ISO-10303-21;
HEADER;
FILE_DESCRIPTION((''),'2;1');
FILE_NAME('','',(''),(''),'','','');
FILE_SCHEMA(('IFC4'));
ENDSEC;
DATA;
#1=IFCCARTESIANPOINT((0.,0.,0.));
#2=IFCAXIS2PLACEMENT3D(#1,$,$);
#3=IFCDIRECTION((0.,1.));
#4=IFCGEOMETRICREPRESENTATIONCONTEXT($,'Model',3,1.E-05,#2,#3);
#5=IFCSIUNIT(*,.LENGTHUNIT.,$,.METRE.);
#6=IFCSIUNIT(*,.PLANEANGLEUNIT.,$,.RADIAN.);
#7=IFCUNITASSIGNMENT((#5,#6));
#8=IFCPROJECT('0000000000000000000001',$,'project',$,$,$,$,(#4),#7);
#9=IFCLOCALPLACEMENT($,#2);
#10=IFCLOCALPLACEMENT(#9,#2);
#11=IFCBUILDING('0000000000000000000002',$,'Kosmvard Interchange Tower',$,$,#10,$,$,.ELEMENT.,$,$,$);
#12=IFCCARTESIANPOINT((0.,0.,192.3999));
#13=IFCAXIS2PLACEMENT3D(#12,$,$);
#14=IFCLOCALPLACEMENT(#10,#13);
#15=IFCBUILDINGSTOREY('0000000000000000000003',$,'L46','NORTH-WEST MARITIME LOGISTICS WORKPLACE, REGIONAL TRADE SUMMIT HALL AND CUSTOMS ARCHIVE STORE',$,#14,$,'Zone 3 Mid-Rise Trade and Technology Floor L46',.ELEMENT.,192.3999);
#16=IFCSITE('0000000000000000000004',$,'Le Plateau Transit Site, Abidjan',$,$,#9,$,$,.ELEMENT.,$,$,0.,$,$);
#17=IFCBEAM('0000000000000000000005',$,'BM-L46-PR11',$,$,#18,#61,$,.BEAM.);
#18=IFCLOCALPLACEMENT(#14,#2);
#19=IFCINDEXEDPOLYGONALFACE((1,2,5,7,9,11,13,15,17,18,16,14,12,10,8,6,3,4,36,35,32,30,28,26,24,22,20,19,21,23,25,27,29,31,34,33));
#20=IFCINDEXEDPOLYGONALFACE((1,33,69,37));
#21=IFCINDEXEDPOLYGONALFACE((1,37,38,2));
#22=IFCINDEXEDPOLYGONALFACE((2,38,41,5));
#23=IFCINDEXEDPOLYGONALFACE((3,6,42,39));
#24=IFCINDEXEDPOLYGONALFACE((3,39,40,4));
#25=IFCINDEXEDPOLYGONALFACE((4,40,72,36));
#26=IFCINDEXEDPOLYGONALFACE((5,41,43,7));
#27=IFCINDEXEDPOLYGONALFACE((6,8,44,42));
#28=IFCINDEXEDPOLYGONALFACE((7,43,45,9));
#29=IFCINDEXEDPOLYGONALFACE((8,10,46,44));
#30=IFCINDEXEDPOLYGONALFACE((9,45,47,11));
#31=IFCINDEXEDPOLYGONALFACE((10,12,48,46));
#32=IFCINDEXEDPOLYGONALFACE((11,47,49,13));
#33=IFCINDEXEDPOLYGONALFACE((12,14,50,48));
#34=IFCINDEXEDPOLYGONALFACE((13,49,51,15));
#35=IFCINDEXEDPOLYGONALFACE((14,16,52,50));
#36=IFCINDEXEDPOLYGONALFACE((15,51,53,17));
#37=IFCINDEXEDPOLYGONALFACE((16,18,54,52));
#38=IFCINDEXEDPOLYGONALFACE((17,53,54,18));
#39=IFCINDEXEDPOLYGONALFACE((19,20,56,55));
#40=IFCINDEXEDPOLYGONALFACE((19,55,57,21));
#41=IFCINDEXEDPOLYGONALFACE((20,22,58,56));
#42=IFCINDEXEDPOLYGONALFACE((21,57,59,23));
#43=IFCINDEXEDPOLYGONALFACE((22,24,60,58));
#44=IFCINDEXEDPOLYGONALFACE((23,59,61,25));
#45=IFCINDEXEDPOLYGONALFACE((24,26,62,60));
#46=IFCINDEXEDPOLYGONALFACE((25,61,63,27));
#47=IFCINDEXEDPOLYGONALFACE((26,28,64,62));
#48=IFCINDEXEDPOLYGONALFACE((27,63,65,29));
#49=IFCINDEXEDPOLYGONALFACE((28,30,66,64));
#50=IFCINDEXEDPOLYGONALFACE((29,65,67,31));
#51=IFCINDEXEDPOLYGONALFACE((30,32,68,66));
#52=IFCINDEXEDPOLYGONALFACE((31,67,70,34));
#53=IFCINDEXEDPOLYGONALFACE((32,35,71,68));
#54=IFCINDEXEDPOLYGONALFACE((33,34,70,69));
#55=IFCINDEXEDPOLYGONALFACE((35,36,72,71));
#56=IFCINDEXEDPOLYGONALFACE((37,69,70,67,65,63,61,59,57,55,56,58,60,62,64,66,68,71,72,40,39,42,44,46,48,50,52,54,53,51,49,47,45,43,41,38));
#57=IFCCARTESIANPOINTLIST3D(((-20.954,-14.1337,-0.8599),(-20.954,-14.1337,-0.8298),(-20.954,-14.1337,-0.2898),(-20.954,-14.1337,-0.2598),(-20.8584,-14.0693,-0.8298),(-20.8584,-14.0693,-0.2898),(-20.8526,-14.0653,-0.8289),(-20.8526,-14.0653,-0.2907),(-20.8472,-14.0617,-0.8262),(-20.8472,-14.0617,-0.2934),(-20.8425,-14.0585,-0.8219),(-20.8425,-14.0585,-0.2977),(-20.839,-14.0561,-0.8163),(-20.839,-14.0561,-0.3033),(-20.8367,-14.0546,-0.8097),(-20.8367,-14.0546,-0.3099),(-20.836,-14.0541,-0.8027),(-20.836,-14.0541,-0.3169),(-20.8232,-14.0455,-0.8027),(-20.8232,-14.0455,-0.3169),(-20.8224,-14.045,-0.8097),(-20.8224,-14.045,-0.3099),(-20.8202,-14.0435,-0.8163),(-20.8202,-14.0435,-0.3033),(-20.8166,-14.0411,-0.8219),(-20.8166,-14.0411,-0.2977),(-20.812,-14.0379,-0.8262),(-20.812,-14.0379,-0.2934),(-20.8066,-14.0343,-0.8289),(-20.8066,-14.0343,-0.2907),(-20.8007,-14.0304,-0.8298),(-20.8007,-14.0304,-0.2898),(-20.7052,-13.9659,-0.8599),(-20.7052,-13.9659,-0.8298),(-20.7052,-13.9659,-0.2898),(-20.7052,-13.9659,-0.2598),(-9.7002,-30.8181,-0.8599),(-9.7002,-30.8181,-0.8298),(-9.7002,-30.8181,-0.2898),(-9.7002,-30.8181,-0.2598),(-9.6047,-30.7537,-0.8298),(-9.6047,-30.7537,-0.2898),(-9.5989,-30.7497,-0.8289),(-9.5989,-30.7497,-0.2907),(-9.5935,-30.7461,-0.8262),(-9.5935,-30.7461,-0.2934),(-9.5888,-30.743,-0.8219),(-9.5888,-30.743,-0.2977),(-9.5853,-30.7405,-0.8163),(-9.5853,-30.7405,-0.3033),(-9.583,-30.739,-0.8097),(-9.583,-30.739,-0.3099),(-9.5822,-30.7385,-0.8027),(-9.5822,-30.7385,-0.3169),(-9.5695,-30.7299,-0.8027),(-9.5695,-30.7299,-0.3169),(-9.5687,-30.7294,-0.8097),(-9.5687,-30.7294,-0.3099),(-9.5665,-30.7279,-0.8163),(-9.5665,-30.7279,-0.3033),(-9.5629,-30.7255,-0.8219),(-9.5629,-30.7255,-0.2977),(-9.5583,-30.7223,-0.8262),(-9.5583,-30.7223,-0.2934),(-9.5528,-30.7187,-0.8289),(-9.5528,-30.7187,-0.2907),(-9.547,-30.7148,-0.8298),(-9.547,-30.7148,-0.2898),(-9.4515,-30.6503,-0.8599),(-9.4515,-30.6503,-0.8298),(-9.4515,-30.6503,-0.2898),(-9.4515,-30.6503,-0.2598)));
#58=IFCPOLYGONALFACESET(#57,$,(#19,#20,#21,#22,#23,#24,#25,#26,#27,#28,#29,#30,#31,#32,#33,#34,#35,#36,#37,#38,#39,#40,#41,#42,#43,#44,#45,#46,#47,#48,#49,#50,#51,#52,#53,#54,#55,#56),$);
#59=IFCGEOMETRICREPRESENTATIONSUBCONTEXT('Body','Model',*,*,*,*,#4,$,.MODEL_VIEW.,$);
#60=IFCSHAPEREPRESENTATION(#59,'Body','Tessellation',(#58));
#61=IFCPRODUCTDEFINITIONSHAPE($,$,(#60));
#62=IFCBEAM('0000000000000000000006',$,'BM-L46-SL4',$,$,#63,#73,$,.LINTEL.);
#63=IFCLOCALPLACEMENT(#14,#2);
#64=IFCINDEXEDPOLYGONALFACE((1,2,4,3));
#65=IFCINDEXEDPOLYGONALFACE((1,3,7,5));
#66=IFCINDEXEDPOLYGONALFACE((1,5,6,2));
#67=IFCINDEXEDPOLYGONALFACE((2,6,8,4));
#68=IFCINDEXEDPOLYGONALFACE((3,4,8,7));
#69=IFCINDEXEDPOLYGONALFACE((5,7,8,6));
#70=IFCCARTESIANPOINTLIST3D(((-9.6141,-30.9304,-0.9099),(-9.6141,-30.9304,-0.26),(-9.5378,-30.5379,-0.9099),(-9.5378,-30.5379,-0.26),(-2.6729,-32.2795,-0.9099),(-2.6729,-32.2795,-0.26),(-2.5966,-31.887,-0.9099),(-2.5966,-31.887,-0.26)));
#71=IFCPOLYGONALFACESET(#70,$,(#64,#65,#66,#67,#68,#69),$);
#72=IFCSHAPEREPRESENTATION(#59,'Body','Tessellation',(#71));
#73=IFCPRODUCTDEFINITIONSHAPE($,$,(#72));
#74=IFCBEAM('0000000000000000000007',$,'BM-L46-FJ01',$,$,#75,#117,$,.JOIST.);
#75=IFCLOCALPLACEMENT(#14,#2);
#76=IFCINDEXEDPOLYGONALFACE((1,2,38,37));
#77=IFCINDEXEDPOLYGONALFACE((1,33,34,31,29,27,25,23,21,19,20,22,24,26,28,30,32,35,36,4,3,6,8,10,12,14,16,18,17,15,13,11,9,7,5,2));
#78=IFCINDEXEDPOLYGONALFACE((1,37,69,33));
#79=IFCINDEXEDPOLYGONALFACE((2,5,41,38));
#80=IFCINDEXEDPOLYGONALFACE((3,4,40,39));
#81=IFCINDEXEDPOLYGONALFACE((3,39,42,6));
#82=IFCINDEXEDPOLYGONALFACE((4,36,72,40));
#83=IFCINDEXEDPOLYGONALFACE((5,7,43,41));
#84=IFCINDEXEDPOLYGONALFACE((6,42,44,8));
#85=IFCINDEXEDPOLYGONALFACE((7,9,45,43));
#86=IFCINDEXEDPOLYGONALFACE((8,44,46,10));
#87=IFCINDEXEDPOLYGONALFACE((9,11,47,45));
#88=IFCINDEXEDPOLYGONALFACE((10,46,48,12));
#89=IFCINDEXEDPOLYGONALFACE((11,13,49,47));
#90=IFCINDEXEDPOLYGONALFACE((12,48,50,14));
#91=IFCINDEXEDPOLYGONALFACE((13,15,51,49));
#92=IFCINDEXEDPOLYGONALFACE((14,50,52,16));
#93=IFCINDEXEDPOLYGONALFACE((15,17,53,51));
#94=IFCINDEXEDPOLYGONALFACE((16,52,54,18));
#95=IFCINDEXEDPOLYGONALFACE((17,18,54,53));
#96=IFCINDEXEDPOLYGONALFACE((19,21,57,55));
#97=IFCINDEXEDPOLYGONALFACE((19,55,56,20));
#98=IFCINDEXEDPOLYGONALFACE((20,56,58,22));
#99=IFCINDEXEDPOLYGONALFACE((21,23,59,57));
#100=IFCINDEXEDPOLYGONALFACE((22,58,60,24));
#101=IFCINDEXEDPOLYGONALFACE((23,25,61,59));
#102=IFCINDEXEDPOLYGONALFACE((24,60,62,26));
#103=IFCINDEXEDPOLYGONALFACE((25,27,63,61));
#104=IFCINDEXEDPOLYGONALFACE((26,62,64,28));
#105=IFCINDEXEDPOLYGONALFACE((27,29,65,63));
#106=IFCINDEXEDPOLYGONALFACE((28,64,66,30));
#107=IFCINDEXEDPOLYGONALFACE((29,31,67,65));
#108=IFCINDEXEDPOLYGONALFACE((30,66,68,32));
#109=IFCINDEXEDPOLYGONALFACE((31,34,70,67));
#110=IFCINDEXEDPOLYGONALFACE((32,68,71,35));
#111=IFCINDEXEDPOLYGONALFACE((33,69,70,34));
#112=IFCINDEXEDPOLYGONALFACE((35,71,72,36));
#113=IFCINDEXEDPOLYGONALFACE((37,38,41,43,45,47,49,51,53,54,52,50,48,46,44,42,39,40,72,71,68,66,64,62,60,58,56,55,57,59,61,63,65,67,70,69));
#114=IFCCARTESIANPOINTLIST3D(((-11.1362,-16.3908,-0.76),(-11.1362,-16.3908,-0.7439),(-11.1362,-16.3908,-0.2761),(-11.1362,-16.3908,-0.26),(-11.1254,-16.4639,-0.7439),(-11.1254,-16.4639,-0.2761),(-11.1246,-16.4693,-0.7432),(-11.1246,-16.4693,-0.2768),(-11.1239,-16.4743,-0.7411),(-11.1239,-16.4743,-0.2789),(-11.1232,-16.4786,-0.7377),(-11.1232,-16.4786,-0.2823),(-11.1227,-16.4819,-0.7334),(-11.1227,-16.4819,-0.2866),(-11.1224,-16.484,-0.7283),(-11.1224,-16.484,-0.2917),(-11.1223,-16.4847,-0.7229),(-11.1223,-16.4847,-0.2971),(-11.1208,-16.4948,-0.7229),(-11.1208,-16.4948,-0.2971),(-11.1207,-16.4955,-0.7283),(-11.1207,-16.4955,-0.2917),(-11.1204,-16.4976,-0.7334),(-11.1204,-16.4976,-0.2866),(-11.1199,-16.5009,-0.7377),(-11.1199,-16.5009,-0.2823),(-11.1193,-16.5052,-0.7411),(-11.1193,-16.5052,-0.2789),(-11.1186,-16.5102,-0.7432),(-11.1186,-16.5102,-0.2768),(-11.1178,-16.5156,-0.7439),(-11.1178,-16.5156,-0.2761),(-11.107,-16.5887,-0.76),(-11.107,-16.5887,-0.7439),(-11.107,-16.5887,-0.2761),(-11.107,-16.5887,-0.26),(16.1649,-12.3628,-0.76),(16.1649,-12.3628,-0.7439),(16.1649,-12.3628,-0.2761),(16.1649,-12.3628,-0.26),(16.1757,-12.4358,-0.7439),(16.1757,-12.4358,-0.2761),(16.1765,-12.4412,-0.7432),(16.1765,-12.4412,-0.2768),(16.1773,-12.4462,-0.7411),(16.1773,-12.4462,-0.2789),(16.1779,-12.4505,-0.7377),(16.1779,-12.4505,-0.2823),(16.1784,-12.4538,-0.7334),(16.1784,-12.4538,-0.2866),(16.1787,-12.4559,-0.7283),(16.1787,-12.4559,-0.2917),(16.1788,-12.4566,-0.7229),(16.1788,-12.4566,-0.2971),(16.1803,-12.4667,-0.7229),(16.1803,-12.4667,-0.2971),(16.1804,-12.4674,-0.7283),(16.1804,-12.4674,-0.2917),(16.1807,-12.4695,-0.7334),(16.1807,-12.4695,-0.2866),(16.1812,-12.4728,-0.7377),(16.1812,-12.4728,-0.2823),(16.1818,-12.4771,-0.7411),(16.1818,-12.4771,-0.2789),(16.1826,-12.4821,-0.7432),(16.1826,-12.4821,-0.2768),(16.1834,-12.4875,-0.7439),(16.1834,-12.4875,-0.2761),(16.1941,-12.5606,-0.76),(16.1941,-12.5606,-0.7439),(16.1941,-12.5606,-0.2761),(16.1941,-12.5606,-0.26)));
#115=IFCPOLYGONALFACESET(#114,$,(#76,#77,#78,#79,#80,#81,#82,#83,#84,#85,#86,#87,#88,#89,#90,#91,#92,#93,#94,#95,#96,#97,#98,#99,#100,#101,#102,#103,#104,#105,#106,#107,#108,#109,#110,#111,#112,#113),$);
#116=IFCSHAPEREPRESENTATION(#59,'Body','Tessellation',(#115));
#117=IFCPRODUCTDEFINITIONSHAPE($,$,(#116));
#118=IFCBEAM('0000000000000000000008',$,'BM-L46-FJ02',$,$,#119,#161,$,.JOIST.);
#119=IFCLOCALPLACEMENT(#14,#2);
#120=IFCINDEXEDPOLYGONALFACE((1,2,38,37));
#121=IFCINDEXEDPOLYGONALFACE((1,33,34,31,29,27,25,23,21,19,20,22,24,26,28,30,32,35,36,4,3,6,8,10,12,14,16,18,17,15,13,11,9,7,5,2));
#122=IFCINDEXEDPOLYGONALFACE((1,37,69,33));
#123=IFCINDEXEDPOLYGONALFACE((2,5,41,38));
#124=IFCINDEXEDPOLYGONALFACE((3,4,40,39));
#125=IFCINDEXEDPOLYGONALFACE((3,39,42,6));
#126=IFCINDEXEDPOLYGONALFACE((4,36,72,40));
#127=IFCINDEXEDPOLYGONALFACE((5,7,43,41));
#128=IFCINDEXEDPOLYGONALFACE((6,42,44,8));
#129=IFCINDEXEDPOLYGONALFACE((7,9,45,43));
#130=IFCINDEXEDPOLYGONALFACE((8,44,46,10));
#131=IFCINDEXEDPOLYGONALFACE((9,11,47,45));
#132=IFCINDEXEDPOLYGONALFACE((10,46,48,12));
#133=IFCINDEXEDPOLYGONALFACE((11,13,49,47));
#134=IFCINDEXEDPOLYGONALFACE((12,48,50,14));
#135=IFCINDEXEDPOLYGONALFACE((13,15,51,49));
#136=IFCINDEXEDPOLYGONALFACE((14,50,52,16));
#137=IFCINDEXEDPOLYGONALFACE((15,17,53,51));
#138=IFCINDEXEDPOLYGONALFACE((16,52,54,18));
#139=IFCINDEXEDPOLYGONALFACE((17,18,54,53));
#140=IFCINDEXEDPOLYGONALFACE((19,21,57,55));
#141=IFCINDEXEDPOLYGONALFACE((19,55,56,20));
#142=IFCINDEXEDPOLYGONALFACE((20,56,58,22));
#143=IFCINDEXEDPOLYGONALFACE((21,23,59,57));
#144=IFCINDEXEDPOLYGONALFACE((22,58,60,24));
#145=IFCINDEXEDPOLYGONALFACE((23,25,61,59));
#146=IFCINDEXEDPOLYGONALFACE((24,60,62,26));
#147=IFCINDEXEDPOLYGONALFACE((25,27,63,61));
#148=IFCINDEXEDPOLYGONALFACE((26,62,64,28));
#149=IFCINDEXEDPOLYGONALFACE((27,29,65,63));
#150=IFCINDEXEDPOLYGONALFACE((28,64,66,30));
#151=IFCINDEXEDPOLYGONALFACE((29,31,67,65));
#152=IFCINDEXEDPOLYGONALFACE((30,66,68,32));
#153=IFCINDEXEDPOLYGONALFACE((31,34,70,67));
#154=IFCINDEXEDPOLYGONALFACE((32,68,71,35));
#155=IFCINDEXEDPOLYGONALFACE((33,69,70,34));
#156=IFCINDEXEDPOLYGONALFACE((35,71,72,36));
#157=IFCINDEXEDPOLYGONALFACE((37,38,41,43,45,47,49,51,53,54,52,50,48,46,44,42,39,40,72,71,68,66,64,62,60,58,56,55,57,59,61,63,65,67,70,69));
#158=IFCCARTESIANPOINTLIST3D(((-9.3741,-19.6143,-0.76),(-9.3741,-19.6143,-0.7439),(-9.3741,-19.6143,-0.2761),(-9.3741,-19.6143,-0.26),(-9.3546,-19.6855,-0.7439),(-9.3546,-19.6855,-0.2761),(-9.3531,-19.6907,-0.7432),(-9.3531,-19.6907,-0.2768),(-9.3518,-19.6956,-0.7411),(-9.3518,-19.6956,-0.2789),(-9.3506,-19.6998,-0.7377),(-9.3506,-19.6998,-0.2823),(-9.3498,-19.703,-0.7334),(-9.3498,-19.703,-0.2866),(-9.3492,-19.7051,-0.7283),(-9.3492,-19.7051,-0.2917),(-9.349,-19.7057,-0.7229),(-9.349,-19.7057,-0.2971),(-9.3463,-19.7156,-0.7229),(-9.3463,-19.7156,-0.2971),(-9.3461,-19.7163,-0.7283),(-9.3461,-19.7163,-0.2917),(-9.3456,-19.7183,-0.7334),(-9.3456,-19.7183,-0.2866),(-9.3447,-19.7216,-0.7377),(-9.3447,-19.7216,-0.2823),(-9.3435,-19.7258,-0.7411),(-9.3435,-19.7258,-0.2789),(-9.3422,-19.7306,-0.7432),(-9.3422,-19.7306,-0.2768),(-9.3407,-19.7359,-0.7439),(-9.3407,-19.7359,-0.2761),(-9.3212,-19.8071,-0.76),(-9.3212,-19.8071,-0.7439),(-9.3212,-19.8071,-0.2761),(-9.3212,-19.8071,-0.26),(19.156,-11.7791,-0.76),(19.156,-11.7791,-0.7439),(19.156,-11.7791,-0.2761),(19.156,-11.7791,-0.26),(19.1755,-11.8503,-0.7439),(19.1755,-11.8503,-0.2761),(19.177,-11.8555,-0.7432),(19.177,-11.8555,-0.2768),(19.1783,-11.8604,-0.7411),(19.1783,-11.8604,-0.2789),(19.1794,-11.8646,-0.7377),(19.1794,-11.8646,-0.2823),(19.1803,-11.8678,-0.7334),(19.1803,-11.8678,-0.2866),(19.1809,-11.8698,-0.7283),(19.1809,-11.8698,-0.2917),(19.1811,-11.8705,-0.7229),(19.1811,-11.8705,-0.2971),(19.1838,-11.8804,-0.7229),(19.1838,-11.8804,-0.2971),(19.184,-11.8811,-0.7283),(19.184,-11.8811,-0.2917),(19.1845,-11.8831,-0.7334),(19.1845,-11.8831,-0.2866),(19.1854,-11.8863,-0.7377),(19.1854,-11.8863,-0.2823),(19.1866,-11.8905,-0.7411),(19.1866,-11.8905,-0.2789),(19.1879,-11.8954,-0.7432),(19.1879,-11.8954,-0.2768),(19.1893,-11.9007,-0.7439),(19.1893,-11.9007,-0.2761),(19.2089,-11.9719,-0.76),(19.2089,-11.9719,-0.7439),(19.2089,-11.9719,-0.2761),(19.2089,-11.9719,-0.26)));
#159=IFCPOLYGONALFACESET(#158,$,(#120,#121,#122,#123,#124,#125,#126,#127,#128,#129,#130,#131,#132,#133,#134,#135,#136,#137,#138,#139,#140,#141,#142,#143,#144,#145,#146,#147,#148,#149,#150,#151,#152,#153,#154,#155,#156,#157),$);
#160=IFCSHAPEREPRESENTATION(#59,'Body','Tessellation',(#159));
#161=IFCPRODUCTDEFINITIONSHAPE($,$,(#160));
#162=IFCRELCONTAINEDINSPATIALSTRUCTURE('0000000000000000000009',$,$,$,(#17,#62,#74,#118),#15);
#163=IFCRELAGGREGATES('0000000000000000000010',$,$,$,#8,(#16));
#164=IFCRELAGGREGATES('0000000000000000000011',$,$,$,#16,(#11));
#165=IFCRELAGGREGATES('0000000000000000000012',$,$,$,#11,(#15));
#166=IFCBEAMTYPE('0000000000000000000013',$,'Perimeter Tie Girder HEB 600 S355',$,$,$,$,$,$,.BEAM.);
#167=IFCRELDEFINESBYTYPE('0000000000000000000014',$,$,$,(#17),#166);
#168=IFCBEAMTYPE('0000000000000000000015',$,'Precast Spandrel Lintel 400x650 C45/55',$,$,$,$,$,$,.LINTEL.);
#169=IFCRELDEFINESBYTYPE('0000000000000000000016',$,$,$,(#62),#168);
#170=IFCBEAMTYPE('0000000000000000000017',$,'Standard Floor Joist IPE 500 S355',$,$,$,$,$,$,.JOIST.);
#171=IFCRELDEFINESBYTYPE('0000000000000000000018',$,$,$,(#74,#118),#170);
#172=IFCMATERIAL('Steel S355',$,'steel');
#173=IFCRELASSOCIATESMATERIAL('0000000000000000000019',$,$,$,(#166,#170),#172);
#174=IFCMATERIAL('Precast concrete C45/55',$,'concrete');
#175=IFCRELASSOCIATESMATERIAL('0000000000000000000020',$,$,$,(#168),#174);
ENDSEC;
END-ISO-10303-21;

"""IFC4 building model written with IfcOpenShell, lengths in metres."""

from ifc_helpers import new_model, si_unit, direction, frame, origin, origin_2d, place, context, subcontext, project, spatial, rectangle, i_section, extrude, source, transform, mapped, material, material_profile, profile_set, type_object, element, save


model = new_model("IFC4")

# Units and contexts
model_context = context("Model", 3, precision=1e-05, world=origin(), true_north=direction((0.0, 1.0)))
body_context = subcontext(model_context, "Body", "Model", "MODEL_VIEW")
ifc_project = project(units=[si_unit("LENGTHUNIT", "METRE"), si_unit("PLANEANGLEUNIT", "RADIAN")], contexts=[model_context])

# Site, building, storey
site_placement = place(None, origin())
site = spatial("IfcSite", under=ifc_project, at=site_placement, Name="Le Plateau Transit Site, Abidjan", CompositionType="ELEMENT", RefElevation=0.0)
building_placement = place(site_placement, origin())
building = spatial("IfcBuilding", under=site, at=building_placement, Name="Kosmvard Interchange Tower", CompositionType="ELEMENT")
storey_placement = place(building_placement, frame((0.0, 0.0, 192.3999)))
storey = spatial("IfcBuildingStorey", under=building, at=storey_placement, Name="L46", Description="NORTH-WEST MARITIME LOGISTICS WORKPLACE, REGIONAL TRADE SUMMIT HALL AND CUSTOMS ARCHIVE STORE", LongName="Zone 3 Mid-Rise Trade and Technology Floor L46", CompositionType="ELEMENT", Elevation=192.3999)

# Beams
ifc_material_1 = material(Name="Steel S355", Category="steel")
ifc_material_profile_1 = material_profile(ifc_material_1, i_section(OverallWidth=0.3, OverallDepth=0.6001, WebThickness=0.0154, FlangeThickness=0.03, FilletRadius=0.0271, at=origin_2d()), Name="HEB 600")
ifc_profile_set_1 = profile_set([ifc_material_profile_1], Name="Steel S355")
beam_type_1 = type_object("IfcBeamType", Name="Perimeter Tie Girder HEB 600 S355", PredefinedType="BEAM", material=ifc_profile_set_1)
shared_shape_1 = source(origin(), body_context, "Body", "SweptSolid", [
    extrude(i_section(OverallWidth=0.3, OverallDepth=0.6001, WebThickness=0.0154, FlangeThickness=0.03, FilletRadius=0.0271, at=origin_2d()), origin(), (0.0, 0.0, 1.0), 20.125),
])
for number, where, z_axis, x_axis, name in (
    (1, (-20.8296, -14.0498, -0.5598), (0.559191, -0.829039, 0.0), (0.829039, 0.559191, 0.0), "BM-L46-PR11"),
):
    element("IfcBeam", number, at=place(storey_placement, frame(where, z_axis=z_axis, x_axis=x_axis)), inside=storey, type_object=beam_type_1, Name=name, PredefinedType="BEAM", context=body_context, shape_type="MappedRepresentation", body=[
        mapped(shared_shape_1, transform((0.0, 0.0, 0.0), scale=1.0)),
    ])
ifc_material_2 = material(Name="Precast concrete C45/55", Category="concrete")
ifc_material_profile_2 = material_profile(ifc_material_2, rectangle(XDim=0.3999, YDim=0.6499, at=origin_2d()), Name="SL 400x650")
ifc_profile_set_2 = profile_set([ifc_material_profile_2], Name="Precast concrete C45/55")
beam_type_2 = type_object("IfcBeamType", Name="Precast Spandrel Lintel 400x650 C45/55", PredefinedType="LINTEL", material=ifc_profile_set_2)
shared_shape_2 = source(origin(), body_context, "Body", "SweptSolid", [
    extrude(rectangle(XDim=0.3999, YDim=0.6499, at=origin_2d()), origin(), (0.0, 0.0, 1.0), 7.071),
])
beam_1_placement = place(storey_placement, frame((-9.5759, -30.7341, -0.585), z_axis=(0.98163, -0.190795, 0.0), x_axis=(0.190795, 0.98163, 0.0)))
element("IfcBeam", 2, at=beam_1_placement, inside=storey, type_object=beam_type_2, Name="BM-L46-SL4", PredefinedType="LINTEL", context=body_context, shape_type="MappedRepresentation", body=[
    mapped(shared_shape_2, transform((0.0, 0.0, 0.0), scale=1.0)),
])
ifc_material_profile_3 = material_profile(ifc_material_1, i_section(OverallWidth=0.2, OverallDepth=0.5, WebThickness=0.0103, FlangeThickness=0.0161, FilletRadius=0.021, at=origin_2d()), Name="IPE 500")
ifc_profile_set_3 = profile_set([ifc_material_profile_3], Name="Steel S355")
beam_type_3 = type_object("IfcBeamType", Name="Standard Floor Joist IPE 500 S355", PredefinedType="JOIST", material=ifc_profile_set_3)
shared_shape_3 = source(origin(), body_context, "Body", "SweptSolid", [
    extrude(i_section(OverallWidth=0.2, OverallDepth=0.5, WebThickness=0.0103, FlangeThickness=0.0161, FilletRadius=0.021, at=origin_2d()), origin(), (0.0, 0.0, 1.0), 27.5967),
])
beam_2_placement = place(storey_placement, frame((-11.1216, -16.4897, -0.51), z_axis=(0.98929, 0.145963, 0.0), x_axis=(-0.145963, 0.98929, 0.0)))
element("IfcBeam", 3, at=beam_2_placement, inside=storey, type_object=beam_type_3, Name="BM-L46-FJ01", PredefinedType="JOIST", context=body_context, shape_type="MappedRepresentation", body=[
    mapped(shared_shape_3, transform((0.0, 0.0, 0.0), scale=1.0)),
])
shared_shape_4 = source(origin(), body_context, "Body", "SweptSolid", [
    extrude(i_section(OverallWidth=0.2, OverallDepth=0.5, WebThickness=0.0103, FlangeThickness=0.0161, FilletRadius=0.021, at=origin_2d()), origin(), (0.0, 0.0, 1.0), 29.5864),
])
beam_3_placement = place(storey_placement, frame((-9.3477, -19.7107, -0.51), z_axis=(0.964297, 0.264825, 0.0), x_axis=(-0.264825, 0.964297, 0.0)))
element("IfcBeam", 4, at=beam_3_placement, inside=storey, type_object=beam_type_3, Name="BM-L46-FJ02", PredefinedType="JOIST", context=body_context, shape_type="MappedRepresentation", body=[
    mapped(shared_shape_4, transform((0.0, 0.0, 0.0), scale=1.0)),
])

save(model, "model.ifc")
